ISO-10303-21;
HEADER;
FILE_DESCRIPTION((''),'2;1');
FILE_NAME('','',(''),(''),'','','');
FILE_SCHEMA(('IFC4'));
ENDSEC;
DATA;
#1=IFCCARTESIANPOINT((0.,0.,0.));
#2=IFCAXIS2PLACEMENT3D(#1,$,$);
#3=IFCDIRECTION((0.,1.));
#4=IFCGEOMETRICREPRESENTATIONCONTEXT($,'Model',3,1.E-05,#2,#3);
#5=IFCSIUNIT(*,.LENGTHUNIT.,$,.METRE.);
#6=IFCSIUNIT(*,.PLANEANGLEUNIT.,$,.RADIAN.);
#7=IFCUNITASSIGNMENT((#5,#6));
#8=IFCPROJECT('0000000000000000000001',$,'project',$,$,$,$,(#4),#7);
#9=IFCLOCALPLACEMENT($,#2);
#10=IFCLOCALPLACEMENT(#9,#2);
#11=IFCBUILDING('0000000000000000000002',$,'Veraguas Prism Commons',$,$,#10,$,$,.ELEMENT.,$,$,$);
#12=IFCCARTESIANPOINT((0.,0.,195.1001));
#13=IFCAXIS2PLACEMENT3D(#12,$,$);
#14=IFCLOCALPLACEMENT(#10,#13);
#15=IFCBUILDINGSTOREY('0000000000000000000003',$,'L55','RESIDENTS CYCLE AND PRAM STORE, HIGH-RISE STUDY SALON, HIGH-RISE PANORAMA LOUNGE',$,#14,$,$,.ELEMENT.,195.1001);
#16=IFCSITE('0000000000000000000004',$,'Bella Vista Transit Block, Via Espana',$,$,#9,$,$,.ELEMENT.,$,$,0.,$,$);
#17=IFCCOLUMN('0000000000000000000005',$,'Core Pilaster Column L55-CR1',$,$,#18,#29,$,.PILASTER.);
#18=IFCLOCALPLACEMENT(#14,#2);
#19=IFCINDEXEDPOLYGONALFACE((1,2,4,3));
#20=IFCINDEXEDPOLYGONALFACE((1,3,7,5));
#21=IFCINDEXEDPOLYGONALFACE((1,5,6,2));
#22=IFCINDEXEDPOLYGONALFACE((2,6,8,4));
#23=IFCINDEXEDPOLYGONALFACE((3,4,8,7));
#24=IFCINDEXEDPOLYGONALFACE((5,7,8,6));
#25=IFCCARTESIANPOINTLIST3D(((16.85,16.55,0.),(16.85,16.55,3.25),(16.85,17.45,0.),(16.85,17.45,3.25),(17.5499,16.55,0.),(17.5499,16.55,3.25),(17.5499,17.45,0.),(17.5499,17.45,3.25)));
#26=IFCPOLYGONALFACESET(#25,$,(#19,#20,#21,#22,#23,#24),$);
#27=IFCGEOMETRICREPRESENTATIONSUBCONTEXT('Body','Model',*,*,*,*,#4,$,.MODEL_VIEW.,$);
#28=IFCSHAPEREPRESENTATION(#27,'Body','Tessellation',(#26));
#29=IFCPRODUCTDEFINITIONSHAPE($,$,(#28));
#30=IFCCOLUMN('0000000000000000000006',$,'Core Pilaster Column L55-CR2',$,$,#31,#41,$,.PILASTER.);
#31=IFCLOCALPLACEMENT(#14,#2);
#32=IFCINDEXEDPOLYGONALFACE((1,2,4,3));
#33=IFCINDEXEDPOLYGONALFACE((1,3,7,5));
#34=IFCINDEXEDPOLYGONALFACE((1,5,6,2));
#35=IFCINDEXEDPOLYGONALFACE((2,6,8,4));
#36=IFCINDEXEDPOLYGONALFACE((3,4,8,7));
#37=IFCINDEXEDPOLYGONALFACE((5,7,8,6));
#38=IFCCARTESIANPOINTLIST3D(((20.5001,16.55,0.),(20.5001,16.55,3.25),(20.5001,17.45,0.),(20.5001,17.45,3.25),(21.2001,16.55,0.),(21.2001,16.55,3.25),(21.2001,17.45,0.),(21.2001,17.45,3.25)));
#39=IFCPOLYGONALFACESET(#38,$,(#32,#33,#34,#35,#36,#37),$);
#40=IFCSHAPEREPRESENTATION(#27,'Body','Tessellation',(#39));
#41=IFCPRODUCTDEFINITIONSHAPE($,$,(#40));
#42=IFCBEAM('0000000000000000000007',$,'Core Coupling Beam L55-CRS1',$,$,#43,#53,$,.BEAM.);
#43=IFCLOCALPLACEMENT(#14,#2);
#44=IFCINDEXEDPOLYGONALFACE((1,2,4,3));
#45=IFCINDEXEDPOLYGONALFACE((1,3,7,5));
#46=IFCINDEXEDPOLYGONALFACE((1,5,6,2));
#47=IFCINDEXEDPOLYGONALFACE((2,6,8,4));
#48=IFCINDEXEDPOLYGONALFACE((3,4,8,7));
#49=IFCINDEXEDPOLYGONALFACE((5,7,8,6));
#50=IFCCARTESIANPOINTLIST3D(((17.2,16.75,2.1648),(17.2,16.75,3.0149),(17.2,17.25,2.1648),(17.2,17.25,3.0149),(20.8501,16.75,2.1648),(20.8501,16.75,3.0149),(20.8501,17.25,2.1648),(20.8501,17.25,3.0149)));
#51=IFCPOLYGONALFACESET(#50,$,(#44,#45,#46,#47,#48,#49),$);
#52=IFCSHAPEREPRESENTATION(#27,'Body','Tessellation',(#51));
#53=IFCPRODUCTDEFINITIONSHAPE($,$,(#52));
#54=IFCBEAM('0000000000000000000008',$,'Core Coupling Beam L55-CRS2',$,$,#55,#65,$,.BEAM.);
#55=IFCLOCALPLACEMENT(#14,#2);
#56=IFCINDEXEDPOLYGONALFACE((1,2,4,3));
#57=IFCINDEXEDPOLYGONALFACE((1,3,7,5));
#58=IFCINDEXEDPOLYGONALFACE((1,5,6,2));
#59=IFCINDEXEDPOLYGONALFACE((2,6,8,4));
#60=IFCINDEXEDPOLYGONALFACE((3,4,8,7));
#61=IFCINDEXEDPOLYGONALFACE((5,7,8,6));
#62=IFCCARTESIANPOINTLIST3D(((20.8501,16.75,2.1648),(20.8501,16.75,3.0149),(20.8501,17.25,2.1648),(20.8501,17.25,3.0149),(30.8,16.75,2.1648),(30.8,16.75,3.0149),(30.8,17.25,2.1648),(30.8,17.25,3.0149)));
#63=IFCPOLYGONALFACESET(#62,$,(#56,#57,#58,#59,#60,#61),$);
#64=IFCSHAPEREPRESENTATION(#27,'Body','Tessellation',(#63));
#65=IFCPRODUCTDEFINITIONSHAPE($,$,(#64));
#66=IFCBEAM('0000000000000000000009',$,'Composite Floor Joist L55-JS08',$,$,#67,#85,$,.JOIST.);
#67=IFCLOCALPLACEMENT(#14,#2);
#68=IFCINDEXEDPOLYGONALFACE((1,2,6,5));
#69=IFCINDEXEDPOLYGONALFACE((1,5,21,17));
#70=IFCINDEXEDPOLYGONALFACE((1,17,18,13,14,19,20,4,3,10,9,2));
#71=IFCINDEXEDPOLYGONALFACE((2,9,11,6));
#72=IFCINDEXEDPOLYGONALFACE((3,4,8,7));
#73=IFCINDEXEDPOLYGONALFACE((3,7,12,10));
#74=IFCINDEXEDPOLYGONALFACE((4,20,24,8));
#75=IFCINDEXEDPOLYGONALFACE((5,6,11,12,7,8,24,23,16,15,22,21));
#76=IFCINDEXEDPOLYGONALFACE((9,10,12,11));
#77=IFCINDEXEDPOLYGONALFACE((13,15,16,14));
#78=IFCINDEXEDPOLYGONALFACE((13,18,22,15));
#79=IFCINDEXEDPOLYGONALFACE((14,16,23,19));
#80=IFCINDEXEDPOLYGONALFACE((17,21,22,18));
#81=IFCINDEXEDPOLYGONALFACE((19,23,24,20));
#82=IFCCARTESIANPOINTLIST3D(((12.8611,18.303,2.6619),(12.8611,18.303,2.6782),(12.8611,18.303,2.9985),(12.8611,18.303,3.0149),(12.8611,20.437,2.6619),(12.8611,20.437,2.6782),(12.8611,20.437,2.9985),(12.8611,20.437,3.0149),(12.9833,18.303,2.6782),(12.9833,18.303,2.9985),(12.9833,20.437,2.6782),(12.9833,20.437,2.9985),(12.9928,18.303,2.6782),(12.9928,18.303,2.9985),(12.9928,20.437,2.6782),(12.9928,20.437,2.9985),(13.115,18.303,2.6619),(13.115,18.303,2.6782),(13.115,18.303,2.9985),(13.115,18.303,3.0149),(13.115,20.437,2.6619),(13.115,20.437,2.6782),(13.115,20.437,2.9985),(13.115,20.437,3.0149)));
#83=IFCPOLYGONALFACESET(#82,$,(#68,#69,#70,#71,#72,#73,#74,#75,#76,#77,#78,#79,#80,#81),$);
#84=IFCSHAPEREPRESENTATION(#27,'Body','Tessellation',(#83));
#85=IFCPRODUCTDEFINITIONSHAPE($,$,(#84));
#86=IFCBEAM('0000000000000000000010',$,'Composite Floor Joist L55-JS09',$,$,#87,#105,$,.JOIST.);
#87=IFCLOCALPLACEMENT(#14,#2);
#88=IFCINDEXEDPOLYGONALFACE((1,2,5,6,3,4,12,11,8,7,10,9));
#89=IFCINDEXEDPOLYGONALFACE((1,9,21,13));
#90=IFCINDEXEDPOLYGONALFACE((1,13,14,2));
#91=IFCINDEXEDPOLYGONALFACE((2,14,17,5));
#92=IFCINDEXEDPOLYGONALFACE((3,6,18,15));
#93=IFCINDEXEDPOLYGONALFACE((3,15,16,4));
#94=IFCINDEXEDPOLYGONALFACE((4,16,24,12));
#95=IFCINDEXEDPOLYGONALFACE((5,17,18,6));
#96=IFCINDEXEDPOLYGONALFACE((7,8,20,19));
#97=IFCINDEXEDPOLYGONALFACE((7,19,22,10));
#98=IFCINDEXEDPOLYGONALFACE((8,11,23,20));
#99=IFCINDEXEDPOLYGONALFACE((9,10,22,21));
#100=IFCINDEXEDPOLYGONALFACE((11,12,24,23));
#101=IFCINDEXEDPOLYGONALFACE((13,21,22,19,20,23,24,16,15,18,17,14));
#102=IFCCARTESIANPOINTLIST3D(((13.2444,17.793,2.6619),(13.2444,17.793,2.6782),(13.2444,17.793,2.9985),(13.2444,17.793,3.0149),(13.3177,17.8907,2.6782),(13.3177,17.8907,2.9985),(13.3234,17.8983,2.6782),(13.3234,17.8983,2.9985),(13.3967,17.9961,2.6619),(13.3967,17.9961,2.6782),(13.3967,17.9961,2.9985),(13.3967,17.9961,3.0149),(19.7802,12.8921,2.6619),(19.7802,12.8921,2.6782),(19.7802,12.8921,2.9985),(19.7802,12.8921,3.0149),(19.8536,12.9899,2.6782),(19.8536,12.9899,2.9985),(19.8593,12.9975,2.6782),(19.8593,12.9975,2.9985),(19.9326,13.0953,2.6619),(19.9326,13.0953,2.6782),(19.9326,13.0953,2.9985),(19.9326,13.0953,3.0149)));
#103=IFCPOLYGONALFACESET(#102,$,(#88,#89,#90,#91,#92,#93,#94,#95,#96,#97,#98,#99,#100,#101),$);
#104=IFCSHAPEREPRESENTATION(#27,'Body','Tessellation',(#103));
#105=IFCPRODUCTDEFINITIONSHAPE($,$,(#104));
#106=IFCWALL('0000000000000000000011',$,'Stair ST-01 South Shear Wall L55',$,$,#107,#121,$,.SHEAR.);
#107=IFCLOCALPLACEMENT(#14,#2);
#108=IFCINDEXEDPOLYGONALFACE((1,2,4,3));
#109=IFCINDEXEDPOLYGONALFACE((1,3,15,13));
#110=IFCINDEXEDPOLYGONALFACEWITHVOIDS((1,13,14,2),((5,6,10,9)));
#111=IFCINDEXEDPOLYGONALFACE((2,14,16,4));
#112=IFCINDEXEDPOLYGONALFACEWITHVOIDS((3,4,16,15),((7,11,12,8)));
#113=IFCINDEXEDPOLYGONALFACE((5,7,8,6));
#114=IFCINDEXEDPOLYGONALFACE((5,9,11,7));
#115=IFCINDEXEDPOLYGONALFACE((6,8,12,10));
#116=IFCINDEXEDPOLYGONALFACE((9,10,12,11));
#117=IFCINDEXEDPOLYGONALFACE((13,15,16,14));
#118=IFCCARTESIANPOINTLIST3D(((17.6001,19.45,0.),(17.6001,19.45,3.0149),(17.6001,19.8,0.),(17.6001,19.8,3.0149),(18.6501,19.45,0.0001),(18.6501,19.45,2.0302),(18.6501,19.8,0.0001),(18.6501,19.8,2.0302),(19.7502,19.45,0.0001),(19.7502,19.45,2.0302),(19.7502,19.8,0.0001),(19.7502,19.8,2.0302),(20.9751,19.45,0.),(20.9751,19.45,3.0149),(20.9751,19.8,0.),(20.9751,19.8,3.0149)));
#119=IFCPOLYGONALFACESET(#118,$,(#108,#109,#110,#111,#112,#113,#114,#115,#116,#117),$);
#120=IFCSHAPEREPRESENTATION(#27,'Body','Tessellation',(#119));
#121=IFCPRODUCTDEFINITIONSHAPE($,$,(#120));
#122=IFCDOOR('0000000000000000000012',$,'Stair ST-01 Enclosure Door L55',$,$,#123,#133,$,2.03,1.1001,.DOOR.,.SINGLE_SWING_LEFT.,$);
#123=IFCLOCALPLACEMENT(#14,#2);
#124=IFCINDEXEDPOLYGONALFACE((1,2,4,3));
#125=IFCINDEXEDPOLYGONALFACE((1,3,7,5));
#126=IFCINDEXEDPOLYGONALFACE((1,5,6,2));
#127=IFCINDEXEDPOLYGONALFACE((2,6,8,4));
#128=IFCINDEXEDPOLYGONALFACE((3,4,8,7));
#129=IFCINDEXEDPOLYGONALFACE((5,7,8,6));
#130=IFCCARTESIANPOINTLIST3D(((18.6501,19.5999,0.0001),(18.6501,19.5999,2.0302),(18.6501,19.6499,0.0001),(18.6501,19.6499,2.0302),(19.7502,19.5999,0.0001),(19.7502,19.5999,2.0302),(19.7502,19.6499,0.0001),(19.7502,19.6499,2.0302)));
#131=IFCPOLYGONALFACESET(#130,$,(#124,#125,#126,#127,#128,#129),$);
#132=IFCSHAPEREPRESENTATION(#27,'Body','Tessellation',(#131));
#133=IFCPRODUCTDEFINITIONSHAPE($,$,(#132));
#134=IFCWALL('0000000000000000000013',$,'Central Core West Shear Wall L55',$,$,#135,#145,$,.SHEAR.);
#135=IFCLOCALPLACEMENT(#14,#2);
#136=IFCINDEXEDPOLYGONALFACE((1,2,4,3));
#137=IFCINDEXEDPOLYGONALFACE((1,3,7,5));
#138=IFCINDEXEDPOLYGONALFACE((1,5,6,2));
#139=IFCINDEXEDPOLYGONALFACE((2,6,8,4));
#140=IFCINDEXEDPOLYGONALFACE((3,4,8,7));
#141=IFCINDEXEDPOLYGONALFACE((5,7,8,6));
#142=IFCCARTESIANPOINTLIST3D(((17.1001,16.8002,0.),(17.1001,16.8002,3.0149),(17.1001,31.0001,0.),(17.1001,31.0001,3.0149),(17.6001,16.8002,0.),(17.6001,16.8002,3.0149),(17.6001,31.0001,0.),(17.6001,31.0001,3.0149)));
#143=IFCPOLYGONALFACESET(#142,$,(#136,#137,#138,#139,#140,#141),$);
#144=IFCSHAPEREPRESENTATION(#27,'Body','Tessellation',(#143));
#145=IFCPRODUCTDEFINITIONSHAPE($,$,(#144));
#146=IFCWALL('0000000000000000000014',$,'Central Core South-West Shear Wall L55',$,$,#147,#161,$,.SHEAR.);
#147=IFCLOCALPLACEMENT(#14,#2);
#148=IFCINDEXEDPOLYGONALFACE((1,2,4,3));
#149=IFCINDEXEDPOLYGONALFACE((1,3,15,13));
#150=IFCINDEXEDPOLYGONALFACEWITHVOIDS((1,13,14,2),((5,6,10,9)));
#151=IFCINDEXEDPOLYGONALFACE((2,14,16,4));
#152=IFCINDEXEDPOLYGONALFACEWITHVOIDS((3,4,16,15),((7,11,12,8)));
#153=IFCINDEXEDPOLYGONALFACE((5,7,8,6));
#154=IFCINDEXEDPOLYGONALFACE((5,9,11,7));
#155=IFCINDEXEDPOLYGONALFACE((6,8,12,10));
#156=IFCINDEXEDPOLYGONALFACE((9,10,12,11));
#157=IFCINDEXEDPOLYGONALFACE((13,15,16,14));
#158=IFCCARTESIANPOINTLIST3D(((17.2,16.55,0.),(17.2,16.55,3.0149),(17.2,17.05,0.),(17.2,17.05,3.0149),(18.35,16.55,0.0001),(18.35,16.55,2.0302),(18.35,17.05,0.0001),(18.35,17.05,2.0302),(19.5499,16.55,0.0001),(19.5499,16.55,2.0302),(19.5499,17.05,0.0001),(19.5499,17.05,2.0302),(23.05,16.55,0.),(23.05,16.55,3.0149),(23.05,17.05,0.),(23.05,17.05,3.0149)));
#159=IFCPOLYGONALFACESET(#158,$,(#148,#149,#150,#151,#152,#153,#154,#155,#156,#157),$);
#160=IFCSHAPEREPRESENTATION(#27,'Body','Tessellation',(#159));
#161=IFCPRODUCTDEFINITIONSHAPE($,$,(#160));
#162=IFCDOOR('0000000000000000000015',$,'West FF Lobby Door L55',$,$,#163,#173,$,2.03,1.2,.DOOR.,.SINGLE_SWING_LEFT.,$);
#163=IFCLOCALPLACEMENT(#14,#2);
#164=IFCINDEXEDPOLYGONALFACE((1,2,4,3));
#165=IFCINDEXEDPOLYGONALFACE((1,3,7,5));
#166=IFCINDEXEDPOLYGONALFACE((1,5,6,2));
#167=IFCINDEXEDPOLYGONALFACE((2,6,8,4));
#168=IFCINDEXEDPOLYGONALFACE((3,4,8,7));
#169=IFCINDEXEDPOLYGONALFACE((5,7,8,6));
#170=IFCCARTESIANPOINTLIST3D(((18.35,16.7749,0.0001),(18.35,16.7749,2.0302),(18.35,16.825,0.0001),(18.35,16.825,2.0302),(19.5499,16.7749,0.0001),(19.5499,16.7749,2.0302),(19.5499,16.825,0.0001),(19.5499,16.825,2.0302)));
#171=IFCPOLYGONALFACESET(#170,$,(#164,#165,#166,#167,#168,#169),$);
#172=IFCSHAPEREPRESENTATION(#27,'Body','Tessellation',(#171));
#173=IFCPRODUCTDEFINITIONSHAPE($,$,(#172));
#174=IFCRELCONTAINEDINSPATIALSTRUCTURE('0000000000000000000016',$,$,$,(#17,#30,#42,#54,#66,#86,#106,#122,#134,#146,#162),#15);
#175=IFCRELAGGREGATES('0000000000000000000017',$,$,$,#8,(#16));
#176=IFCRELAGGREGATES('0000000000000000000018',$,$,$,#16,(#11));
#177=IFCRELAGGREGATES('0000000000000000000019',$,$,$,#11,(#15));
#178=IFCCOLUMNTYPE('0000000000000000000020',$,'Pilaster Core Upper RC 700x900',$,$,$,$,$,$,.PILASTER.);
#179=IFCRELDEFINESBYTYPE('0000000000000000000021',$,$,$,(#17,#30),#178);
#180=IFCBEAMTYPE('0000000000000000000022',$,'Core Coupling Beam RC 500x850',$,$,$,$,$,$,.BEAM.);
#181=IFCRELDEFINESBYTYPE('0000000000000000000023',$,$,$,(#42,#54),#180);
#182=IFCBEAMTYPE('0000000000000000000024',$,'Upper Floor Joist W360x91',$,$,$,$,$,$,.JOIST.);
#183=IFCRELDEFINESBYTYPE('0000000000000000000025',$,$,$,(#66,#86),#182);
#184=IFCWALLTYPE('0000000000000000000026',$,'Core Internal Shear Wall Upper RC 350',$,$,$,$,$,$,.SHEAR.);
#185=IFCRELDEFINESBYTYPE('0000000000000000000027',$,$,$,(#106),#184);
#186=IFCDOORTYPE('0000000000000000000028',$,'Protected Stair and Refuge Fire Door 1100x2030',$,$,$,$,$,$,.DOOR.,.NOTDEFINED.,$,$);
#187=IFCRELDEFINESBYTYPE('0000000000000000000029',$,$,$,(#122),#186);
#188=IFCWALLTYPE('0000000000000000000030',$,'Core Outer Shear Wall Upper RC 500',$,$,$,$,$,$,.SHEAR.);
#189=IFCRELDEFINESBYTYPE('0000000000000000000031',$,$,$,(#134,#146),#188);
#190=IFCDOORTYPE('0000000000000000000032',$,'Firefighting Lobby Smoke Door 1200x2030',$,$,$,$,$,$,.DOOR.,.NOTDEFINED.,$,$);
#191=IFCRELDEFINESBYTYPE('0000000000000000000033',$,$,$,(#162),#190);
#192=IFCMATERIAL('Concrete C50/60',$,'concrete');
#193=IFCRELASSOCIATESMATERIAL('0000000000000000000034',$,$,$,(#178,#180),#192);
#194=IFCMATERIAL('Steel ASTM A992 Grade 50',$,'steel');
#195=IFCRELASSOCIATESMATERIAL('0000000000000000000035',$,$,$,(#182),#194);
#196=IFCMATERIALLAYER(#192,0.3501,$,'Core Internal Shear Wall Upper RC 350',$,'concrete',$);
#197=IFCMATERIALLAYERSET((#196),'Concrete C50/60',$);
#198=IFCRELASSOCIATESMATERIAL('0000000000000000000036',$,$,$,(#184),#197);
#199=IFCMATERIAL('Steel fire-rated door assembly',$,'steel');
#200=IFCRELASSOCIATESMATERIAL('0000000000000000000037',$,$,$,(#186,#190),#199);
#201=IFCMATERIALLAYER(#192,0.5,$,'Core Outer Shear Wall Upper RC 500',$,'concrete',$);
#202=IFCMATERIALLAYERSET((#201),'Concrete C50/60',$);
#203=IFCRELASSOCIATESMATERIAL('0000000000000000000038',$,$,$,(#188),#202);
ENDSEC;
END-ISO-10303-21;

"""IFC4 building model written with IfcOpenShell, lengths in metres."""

from ifc_helpers import new_model, si_unit, direction, frame, frame_2d, origin, origin_2d, place, context, subcontext, project, spatial, rectangle, i_section, extrude, source, transform, mapped, material, layer, layer_set, material_profile, profile_set, type_object, element, fill, save


model = new_model("IFC4")

# Units and contexts
model_context = context("Model", 3, precision=1e-05, world=origin(), true_north=direction((0.0, 1.0)))
body_context = subcontext(model_context, "Body", "Model", "MODEL_VIEW")
ifc_project = project(units=[si_unit("LENGTHUNIT", "METRE"), si_unit("PLANEANGLEUNIT", "RADIAN")], contexts=[model_context])

# Site, building, storey
site_placement = place(None, origin())
site = spatial("IfcSite", under=ifc_project, at=site_placement, Name="Bella Vista Transit Block, Via Espana", CompositionType="ELEMENT", RefElevation=0.0)
building_placement = place(site_placement, origin())
building = spatial("IfcBuilding", under=site, at=building_placement, Name="Veraguas Prism Commons", CompositionType="ELEMENT")
storey_placement = place(building_placement, frame((0.0, 0.0, 195.1001)))
storey = spatial("IfcBuildingStorey", under=building, at=storey_placement, Name="L55", Description="RESIDENTS CYCLE AND PRAM STORE, HIGH-RISE STUDY SALON, HIGH-RISE PANORAMA LOUNGE", CompositionType="ELEMENT", Elevation=195.1001)

# Columns
ifc_material_1 = material(Name="Concrete C50/60", Category="concrete")
ifc_material_profile_1 = material_profile(ifc_material_1, rectangle(XDim=0.7, YDim=0.8999, at=origin_2d()), Name="RC700X900")
ifc_profile_set_1 = profile_set([ifc_material_profile_1], Name="Concrete C50/60")
column_type = type_object("IfcColumnType", Name="Pilaster Core Upper RC 700x900", PredefinedType="PILASTER", material=ifc_profile_set_1)
for number, where, z_axis, x_axis, name in (
    (1, (17.2, 17.0, 0.0), (0.0, 0.0, 1.0), (1.0, 0.0, 0.0), "Core Pilaster Column L55-CR1"),
    (2, (20.8501, 17.0, 0.0), (0.0, 0.0, 1.0), (1.0, 0.0, 0.0), "Core Pilaster Column L55-CR2"),
):
    element("IfcColumn", number, at=place(storey_placement, frame(where, z_axis=z_axis, x_axis=x_axis)), inside=storey, type_object=column_type, Name=name, PredefinedType="PILASTER", context=body_context, shape_type="SweptSolid", body=[
        extrude(rectangle(XDim=0.7, YDim=0.8999, at=origin_2d()), origin(), (0.0, 0.0, 1.0), 3.25),
    ])

# Beams
ifc_material_profile_2 = material_profile(ifc_material_1, rectangle(XDim=0.5, YDim=0.8501, at=origin_2d()), Name="RC500X850")
ifc_profile_set_2 = profile_set([ifc_material_profile_2], Name="Concrete C50/60")
beam_type_1 = type_object("IfcBeamType", Name="Core Coupling Beam RC 500x850", PredefinedType="BEAM", material=ifc_profile_set_2)
beam_1_placement = place(storey_placement, frame((17.2, 17.0, 2.5898), z_axis=(1.0, 0.0, 0.0), x_axis=(0.0, 1.0, 0.0)))
element("IfcBeam", 3, at=beam_1_placement, inside=storey, type_object=beam_type_1, Name="Core Coupling Beam L55-CRS1", PredefinedType="BEAM", context=body_context, shape_type="SweptSolid", body=[
    extrude(rectangle(XDim=0.5, YDim=0.8501, at=origin_2d()), origin(), (0.0, 0.0, 1.0), 3.6501),
])
beam_2_placement = place(storey_placement, frame((20.8501, 17.0, 2.5898), z_axis=(1.0, 0.0, 0.0), x_axis=(0.0, 1.0, 0.0)))
element("IfcBeam", 4, at=beam_2_placement, inside=storey, type_object=beam_type_1, Name="Core Coupling Beam L55-CRS2", PredefinedType="BEAM", context=body_context, shape_type="SweptSolid", body=[
    extrude(rectangle(XDim=0.5, YDim=0.8501, at=origin_2d()), origin(), (0.0, 0.0, 1.0), 9.95),
])
ifc_material_2 = material(Name="Steel ASTM A992 Grade 50", Category="steel")
ifc_material_profile_3 = material_profile(ifc_material_2, i_section(OverallWidth=0.2539, OverallDepth=0.353, WebThickness=0.0095, FlangeThickness=0.0164, at=origin_2d()), Name="W360X91")
ifc_profile_set_3 = profile_set([ifc_material_profile_3], Name="Steel ASTM A992 Grade 50")
beam_type_2 = type_object("IfcBeamType", Name="Upper Floor Joist W360x91", PredefinedType="JOIST", material=ifc_profile_set_3)
beam_3_placement = place(storey_placement, frame((12.988, 20.437, 2.8384), z_axis=(0.0, -1.0, 0.0), x_axis=(1.0, 0.0, 0.0)))
element("IfcBeam", 5, at=beam_3_placement, inside=storey, type_object=beam_type_2, Name="Composite Floor Joist L55-JS08", PredefinedType="JOIST", context=body_context, shape_type="SweptSolid", body=[
    extrude(i_section(OverallWidth=0.2539, OverallDepth=0.353, WebThickness=0.0095, FlangeThickness=0.0164, at=origin_2d()), origin(), (0.0, 0.0, 1.0), 2.134),
])
beam_4_placement = place(storey_placement, frame((13.3206, 17.8945, 2.8384), z_axis=(0.800061, -0.599919, 0.0), x_axis=(0.599919, 0.800061, 0.0)))
element("IfcBeam", 6, at=beam_4_placement, inside=storey, type_object=beam_type_2, Name="Composite Floor Joist L55-JS09", PredefinedType="JOIST", context=body_context, shape_type="SweptSolid", body=[
    extrude(i_section(OverallWidth=0.2539, OverallDepth=0.353, WebThickness=0.0095, FlangeThickness=0.0164, at=origin_2d()), origin(), (0.0, 0.0, 1.0), 8.1692),
])

# Wall, opening, door
ifc_layer_1 = layer(ifc_material_1, 0.3501, Name="Core Internal Shear Wall Upper RC 350", Category="concrete")
ifc_layer_set_1 = layer_set([ifc_layer_1], Name="Concrete C50/60")
wall_type_1 = type_object("IfcWallType", Name="Core Internal Shear Wall Upper RC 350", PredefinedType="SHEAR", material=ifc_layer_set_1)
wall_1_placement = place(storey_placement, frame((17.6001, 19.625, 0.0), z_axis=(0.0, 0.0, 1.0), x_axis=(1.0, 0.0, 0.0)))
wall_1 = element("IfcWall", 7, at=wall_1_placement, inside=storey, type_object=wall_type_1, Name="Stair ST-01 South Shear Wall L55", PredefinedType="SHEAR", context=body_context, shape_type="SweptSolid", body=[
    extrude(rectangle(XDim=3.375, YDim=0.3501, at=frame_2d((1.6875, 0.0))), origin(), (0.0, 0.0, 1.0), 3.0149),
])
opening_1_placement = place(wall_1_placement, frame((1.05, 0.0, 0.0)))
opening_1 = element("IfcOpeningElement", 8, at=opening_1_placement, cuts=wall_1, PredefinedType="OPENING", context=body_context, shape_type="SweptSolid", body=[
    extrude(rectangle(XDim=1.1001, YDim=2.03, at=frame_2d((0.55, 1.0151))), frame((0.0, 0.1851, 0.0), z_axis=(0.0, -1.0, 0.0), x_axis=(1.0, 0.0, 0.0)), (0.0, 0.0, 1.0), 0.3701),
])
ifc_material_3 = material(Name="Steel fire-rated door assembly", Category="steel")
door_type_1 = type_object("IfcDoorType", Name="Protected Stair and Refuge Fire Door 1100x2030", OperationType="NOTDEFINED", PredefinedType="DOOR", material=ifc_material_3)
shared_shape_1 = source(origin(), body_context, "Body", "SweptSolid", [
    extrude(rectangle(XDim=1.1001, YDim=2.03, at=frame_2d((0.55, 1.0151))), frame((0.0, 0.0249, 0.0), z_axis=(0.0, -1.0, 0.0), x_axis=(1.0, 0.0, 0.0)), (0.0, 0.0, 1.0), 0.05),
])
door_1_placement = place(opening_1_placement, origin())
door_1 = element("IfcDoor", 9, at=door_1_placement, inside=storey, type_object=door_type_1, Name="Stair ST-01 Enclosure Door L55", OperationType="SINGLE_SWING_LEFT", OverallHeight=2.03, OverallWidth=1.1001, PredefinedType="DOOR", context=body_context, shape_type="MappedRepresentation", body=[
    mapped(shared_shape_1, transform((0.0, 0.0, 0.0), scale=1.0)),
])
fill(opening_1, door_1)

# Wall
ifc_layer_2 = layer(ifc_material_1, 0.5, Name="Core Outer Shear Wall Upper RC 500", Category="concrete")
ifc_layer_set_2 = layer_set([ifc_layer_2], Name="Concrete C50/60")
wall_type_2 = type_object("IfcWallType", Name="Core Outer Shear Wall Upper RC 500", PredefinedType="SHEAR", material=ifc_layer_set_2)
wall_2_placement = place(storey_placement, frame((17.3501, 16.8, 0.0), z_axis=(0.0, 0.0, 1.0), x_axis=(0.0, 1.0, 0.0)))
element("IfcWall", 10, at=wall_2_placement, inside=storey, type_object=wall_type_2, Name="Central Core West Shear Wall L55", PredefinedType="SHEAR", context=body_context, shape_type="SweptSolid", body=[
    extrude(rectangle(XDim=14.2, YDim=0.5, at=frame_2d((7.1001, 0.0))), origin(), (0.0, 0.0, 1.0), 3.0149),
])

# Wall, opening, door
wall_3_placement = place(storey_placement, frame((17.2, 16.8, 0.0), z_axis=(0.0, 0.0, 1.0), x_axis=(1.0, 0.0, 0.0)))
wall_3 = element("IfcWall", 11, at=wall_3_placement, inside=storey, type_object=wall_type_2, Name="Central Core South-West Shear Wall L55", PredefinedType="SHEAR", context=body_context, shape_type="SweptSolid", body=[
    extrude(rectangle(XDim=5.8501, YDim=0.5, at=frame_2d((2.925, 0.0))), origin(), (0.0, 0.0, 1.0), 3.0149),
])
opening_2_placement = place(wall_3_placement, frame((1.1499, 0.0, 0.0)))
opening_2 = element("IfcOpeningElement", 12, at=opening_2_placement, cuts=wall_3, PredefinedType="OPENING", context=body_context, shape_type="SweptSolid", body=[
    extrude(rectangle(XDim=1.2, YDim=2.03, at=frame_2d((0.6001, 1.0151))), frame((0.0, 0.26, 0.0), z_axis=(0.0, -1.0, 0.0), x_axis=(1.0, 0.0, 0.0)), (0.0, 0.0, 1.0), 0.52),
])
door_type_2 = type_object("IfcDoorType", Name="Firefighting Lobby Smoke Door 1200x2030", OperationType="NOTDEFINED", PredefinedType="DOOR", material=ifc_material_3)
shared_shape_2 = source(origin(), body_context, "Body", "SweptSolid", [
    extrude(rectangle(XDim=1.2, YDim=2.03, at=frame_2d((0.6001, 1.0151))), frame((0.0, 0.0249, 0.0), z_axis=(0.0, -1.0, 0.0), x_axis=(1.0, 0.0, 0.0)), (0.0, 0.0, 1.0), 0.05),
])
door_2_placement = place(opening_2_placement, origin())
door_2 = element("IfcDoor", 13, at=door_2_placement, inside=storey, type_object=door_type_2, Name="West FF Lobby Door L55", OperationType="SINGLE_SWING_LEFT", OverallHeight=2.03, OverallWidth=1.2, PredefinedType="DOOR", context=body_context, shape_type="MappedRepresentation", body=[
    mapped(shared_shape_2, transform((0.0, 0.0, 0.0), scale=1.0)),
])
fill(opening_2, door_2)

save(model, "model.ifc")
